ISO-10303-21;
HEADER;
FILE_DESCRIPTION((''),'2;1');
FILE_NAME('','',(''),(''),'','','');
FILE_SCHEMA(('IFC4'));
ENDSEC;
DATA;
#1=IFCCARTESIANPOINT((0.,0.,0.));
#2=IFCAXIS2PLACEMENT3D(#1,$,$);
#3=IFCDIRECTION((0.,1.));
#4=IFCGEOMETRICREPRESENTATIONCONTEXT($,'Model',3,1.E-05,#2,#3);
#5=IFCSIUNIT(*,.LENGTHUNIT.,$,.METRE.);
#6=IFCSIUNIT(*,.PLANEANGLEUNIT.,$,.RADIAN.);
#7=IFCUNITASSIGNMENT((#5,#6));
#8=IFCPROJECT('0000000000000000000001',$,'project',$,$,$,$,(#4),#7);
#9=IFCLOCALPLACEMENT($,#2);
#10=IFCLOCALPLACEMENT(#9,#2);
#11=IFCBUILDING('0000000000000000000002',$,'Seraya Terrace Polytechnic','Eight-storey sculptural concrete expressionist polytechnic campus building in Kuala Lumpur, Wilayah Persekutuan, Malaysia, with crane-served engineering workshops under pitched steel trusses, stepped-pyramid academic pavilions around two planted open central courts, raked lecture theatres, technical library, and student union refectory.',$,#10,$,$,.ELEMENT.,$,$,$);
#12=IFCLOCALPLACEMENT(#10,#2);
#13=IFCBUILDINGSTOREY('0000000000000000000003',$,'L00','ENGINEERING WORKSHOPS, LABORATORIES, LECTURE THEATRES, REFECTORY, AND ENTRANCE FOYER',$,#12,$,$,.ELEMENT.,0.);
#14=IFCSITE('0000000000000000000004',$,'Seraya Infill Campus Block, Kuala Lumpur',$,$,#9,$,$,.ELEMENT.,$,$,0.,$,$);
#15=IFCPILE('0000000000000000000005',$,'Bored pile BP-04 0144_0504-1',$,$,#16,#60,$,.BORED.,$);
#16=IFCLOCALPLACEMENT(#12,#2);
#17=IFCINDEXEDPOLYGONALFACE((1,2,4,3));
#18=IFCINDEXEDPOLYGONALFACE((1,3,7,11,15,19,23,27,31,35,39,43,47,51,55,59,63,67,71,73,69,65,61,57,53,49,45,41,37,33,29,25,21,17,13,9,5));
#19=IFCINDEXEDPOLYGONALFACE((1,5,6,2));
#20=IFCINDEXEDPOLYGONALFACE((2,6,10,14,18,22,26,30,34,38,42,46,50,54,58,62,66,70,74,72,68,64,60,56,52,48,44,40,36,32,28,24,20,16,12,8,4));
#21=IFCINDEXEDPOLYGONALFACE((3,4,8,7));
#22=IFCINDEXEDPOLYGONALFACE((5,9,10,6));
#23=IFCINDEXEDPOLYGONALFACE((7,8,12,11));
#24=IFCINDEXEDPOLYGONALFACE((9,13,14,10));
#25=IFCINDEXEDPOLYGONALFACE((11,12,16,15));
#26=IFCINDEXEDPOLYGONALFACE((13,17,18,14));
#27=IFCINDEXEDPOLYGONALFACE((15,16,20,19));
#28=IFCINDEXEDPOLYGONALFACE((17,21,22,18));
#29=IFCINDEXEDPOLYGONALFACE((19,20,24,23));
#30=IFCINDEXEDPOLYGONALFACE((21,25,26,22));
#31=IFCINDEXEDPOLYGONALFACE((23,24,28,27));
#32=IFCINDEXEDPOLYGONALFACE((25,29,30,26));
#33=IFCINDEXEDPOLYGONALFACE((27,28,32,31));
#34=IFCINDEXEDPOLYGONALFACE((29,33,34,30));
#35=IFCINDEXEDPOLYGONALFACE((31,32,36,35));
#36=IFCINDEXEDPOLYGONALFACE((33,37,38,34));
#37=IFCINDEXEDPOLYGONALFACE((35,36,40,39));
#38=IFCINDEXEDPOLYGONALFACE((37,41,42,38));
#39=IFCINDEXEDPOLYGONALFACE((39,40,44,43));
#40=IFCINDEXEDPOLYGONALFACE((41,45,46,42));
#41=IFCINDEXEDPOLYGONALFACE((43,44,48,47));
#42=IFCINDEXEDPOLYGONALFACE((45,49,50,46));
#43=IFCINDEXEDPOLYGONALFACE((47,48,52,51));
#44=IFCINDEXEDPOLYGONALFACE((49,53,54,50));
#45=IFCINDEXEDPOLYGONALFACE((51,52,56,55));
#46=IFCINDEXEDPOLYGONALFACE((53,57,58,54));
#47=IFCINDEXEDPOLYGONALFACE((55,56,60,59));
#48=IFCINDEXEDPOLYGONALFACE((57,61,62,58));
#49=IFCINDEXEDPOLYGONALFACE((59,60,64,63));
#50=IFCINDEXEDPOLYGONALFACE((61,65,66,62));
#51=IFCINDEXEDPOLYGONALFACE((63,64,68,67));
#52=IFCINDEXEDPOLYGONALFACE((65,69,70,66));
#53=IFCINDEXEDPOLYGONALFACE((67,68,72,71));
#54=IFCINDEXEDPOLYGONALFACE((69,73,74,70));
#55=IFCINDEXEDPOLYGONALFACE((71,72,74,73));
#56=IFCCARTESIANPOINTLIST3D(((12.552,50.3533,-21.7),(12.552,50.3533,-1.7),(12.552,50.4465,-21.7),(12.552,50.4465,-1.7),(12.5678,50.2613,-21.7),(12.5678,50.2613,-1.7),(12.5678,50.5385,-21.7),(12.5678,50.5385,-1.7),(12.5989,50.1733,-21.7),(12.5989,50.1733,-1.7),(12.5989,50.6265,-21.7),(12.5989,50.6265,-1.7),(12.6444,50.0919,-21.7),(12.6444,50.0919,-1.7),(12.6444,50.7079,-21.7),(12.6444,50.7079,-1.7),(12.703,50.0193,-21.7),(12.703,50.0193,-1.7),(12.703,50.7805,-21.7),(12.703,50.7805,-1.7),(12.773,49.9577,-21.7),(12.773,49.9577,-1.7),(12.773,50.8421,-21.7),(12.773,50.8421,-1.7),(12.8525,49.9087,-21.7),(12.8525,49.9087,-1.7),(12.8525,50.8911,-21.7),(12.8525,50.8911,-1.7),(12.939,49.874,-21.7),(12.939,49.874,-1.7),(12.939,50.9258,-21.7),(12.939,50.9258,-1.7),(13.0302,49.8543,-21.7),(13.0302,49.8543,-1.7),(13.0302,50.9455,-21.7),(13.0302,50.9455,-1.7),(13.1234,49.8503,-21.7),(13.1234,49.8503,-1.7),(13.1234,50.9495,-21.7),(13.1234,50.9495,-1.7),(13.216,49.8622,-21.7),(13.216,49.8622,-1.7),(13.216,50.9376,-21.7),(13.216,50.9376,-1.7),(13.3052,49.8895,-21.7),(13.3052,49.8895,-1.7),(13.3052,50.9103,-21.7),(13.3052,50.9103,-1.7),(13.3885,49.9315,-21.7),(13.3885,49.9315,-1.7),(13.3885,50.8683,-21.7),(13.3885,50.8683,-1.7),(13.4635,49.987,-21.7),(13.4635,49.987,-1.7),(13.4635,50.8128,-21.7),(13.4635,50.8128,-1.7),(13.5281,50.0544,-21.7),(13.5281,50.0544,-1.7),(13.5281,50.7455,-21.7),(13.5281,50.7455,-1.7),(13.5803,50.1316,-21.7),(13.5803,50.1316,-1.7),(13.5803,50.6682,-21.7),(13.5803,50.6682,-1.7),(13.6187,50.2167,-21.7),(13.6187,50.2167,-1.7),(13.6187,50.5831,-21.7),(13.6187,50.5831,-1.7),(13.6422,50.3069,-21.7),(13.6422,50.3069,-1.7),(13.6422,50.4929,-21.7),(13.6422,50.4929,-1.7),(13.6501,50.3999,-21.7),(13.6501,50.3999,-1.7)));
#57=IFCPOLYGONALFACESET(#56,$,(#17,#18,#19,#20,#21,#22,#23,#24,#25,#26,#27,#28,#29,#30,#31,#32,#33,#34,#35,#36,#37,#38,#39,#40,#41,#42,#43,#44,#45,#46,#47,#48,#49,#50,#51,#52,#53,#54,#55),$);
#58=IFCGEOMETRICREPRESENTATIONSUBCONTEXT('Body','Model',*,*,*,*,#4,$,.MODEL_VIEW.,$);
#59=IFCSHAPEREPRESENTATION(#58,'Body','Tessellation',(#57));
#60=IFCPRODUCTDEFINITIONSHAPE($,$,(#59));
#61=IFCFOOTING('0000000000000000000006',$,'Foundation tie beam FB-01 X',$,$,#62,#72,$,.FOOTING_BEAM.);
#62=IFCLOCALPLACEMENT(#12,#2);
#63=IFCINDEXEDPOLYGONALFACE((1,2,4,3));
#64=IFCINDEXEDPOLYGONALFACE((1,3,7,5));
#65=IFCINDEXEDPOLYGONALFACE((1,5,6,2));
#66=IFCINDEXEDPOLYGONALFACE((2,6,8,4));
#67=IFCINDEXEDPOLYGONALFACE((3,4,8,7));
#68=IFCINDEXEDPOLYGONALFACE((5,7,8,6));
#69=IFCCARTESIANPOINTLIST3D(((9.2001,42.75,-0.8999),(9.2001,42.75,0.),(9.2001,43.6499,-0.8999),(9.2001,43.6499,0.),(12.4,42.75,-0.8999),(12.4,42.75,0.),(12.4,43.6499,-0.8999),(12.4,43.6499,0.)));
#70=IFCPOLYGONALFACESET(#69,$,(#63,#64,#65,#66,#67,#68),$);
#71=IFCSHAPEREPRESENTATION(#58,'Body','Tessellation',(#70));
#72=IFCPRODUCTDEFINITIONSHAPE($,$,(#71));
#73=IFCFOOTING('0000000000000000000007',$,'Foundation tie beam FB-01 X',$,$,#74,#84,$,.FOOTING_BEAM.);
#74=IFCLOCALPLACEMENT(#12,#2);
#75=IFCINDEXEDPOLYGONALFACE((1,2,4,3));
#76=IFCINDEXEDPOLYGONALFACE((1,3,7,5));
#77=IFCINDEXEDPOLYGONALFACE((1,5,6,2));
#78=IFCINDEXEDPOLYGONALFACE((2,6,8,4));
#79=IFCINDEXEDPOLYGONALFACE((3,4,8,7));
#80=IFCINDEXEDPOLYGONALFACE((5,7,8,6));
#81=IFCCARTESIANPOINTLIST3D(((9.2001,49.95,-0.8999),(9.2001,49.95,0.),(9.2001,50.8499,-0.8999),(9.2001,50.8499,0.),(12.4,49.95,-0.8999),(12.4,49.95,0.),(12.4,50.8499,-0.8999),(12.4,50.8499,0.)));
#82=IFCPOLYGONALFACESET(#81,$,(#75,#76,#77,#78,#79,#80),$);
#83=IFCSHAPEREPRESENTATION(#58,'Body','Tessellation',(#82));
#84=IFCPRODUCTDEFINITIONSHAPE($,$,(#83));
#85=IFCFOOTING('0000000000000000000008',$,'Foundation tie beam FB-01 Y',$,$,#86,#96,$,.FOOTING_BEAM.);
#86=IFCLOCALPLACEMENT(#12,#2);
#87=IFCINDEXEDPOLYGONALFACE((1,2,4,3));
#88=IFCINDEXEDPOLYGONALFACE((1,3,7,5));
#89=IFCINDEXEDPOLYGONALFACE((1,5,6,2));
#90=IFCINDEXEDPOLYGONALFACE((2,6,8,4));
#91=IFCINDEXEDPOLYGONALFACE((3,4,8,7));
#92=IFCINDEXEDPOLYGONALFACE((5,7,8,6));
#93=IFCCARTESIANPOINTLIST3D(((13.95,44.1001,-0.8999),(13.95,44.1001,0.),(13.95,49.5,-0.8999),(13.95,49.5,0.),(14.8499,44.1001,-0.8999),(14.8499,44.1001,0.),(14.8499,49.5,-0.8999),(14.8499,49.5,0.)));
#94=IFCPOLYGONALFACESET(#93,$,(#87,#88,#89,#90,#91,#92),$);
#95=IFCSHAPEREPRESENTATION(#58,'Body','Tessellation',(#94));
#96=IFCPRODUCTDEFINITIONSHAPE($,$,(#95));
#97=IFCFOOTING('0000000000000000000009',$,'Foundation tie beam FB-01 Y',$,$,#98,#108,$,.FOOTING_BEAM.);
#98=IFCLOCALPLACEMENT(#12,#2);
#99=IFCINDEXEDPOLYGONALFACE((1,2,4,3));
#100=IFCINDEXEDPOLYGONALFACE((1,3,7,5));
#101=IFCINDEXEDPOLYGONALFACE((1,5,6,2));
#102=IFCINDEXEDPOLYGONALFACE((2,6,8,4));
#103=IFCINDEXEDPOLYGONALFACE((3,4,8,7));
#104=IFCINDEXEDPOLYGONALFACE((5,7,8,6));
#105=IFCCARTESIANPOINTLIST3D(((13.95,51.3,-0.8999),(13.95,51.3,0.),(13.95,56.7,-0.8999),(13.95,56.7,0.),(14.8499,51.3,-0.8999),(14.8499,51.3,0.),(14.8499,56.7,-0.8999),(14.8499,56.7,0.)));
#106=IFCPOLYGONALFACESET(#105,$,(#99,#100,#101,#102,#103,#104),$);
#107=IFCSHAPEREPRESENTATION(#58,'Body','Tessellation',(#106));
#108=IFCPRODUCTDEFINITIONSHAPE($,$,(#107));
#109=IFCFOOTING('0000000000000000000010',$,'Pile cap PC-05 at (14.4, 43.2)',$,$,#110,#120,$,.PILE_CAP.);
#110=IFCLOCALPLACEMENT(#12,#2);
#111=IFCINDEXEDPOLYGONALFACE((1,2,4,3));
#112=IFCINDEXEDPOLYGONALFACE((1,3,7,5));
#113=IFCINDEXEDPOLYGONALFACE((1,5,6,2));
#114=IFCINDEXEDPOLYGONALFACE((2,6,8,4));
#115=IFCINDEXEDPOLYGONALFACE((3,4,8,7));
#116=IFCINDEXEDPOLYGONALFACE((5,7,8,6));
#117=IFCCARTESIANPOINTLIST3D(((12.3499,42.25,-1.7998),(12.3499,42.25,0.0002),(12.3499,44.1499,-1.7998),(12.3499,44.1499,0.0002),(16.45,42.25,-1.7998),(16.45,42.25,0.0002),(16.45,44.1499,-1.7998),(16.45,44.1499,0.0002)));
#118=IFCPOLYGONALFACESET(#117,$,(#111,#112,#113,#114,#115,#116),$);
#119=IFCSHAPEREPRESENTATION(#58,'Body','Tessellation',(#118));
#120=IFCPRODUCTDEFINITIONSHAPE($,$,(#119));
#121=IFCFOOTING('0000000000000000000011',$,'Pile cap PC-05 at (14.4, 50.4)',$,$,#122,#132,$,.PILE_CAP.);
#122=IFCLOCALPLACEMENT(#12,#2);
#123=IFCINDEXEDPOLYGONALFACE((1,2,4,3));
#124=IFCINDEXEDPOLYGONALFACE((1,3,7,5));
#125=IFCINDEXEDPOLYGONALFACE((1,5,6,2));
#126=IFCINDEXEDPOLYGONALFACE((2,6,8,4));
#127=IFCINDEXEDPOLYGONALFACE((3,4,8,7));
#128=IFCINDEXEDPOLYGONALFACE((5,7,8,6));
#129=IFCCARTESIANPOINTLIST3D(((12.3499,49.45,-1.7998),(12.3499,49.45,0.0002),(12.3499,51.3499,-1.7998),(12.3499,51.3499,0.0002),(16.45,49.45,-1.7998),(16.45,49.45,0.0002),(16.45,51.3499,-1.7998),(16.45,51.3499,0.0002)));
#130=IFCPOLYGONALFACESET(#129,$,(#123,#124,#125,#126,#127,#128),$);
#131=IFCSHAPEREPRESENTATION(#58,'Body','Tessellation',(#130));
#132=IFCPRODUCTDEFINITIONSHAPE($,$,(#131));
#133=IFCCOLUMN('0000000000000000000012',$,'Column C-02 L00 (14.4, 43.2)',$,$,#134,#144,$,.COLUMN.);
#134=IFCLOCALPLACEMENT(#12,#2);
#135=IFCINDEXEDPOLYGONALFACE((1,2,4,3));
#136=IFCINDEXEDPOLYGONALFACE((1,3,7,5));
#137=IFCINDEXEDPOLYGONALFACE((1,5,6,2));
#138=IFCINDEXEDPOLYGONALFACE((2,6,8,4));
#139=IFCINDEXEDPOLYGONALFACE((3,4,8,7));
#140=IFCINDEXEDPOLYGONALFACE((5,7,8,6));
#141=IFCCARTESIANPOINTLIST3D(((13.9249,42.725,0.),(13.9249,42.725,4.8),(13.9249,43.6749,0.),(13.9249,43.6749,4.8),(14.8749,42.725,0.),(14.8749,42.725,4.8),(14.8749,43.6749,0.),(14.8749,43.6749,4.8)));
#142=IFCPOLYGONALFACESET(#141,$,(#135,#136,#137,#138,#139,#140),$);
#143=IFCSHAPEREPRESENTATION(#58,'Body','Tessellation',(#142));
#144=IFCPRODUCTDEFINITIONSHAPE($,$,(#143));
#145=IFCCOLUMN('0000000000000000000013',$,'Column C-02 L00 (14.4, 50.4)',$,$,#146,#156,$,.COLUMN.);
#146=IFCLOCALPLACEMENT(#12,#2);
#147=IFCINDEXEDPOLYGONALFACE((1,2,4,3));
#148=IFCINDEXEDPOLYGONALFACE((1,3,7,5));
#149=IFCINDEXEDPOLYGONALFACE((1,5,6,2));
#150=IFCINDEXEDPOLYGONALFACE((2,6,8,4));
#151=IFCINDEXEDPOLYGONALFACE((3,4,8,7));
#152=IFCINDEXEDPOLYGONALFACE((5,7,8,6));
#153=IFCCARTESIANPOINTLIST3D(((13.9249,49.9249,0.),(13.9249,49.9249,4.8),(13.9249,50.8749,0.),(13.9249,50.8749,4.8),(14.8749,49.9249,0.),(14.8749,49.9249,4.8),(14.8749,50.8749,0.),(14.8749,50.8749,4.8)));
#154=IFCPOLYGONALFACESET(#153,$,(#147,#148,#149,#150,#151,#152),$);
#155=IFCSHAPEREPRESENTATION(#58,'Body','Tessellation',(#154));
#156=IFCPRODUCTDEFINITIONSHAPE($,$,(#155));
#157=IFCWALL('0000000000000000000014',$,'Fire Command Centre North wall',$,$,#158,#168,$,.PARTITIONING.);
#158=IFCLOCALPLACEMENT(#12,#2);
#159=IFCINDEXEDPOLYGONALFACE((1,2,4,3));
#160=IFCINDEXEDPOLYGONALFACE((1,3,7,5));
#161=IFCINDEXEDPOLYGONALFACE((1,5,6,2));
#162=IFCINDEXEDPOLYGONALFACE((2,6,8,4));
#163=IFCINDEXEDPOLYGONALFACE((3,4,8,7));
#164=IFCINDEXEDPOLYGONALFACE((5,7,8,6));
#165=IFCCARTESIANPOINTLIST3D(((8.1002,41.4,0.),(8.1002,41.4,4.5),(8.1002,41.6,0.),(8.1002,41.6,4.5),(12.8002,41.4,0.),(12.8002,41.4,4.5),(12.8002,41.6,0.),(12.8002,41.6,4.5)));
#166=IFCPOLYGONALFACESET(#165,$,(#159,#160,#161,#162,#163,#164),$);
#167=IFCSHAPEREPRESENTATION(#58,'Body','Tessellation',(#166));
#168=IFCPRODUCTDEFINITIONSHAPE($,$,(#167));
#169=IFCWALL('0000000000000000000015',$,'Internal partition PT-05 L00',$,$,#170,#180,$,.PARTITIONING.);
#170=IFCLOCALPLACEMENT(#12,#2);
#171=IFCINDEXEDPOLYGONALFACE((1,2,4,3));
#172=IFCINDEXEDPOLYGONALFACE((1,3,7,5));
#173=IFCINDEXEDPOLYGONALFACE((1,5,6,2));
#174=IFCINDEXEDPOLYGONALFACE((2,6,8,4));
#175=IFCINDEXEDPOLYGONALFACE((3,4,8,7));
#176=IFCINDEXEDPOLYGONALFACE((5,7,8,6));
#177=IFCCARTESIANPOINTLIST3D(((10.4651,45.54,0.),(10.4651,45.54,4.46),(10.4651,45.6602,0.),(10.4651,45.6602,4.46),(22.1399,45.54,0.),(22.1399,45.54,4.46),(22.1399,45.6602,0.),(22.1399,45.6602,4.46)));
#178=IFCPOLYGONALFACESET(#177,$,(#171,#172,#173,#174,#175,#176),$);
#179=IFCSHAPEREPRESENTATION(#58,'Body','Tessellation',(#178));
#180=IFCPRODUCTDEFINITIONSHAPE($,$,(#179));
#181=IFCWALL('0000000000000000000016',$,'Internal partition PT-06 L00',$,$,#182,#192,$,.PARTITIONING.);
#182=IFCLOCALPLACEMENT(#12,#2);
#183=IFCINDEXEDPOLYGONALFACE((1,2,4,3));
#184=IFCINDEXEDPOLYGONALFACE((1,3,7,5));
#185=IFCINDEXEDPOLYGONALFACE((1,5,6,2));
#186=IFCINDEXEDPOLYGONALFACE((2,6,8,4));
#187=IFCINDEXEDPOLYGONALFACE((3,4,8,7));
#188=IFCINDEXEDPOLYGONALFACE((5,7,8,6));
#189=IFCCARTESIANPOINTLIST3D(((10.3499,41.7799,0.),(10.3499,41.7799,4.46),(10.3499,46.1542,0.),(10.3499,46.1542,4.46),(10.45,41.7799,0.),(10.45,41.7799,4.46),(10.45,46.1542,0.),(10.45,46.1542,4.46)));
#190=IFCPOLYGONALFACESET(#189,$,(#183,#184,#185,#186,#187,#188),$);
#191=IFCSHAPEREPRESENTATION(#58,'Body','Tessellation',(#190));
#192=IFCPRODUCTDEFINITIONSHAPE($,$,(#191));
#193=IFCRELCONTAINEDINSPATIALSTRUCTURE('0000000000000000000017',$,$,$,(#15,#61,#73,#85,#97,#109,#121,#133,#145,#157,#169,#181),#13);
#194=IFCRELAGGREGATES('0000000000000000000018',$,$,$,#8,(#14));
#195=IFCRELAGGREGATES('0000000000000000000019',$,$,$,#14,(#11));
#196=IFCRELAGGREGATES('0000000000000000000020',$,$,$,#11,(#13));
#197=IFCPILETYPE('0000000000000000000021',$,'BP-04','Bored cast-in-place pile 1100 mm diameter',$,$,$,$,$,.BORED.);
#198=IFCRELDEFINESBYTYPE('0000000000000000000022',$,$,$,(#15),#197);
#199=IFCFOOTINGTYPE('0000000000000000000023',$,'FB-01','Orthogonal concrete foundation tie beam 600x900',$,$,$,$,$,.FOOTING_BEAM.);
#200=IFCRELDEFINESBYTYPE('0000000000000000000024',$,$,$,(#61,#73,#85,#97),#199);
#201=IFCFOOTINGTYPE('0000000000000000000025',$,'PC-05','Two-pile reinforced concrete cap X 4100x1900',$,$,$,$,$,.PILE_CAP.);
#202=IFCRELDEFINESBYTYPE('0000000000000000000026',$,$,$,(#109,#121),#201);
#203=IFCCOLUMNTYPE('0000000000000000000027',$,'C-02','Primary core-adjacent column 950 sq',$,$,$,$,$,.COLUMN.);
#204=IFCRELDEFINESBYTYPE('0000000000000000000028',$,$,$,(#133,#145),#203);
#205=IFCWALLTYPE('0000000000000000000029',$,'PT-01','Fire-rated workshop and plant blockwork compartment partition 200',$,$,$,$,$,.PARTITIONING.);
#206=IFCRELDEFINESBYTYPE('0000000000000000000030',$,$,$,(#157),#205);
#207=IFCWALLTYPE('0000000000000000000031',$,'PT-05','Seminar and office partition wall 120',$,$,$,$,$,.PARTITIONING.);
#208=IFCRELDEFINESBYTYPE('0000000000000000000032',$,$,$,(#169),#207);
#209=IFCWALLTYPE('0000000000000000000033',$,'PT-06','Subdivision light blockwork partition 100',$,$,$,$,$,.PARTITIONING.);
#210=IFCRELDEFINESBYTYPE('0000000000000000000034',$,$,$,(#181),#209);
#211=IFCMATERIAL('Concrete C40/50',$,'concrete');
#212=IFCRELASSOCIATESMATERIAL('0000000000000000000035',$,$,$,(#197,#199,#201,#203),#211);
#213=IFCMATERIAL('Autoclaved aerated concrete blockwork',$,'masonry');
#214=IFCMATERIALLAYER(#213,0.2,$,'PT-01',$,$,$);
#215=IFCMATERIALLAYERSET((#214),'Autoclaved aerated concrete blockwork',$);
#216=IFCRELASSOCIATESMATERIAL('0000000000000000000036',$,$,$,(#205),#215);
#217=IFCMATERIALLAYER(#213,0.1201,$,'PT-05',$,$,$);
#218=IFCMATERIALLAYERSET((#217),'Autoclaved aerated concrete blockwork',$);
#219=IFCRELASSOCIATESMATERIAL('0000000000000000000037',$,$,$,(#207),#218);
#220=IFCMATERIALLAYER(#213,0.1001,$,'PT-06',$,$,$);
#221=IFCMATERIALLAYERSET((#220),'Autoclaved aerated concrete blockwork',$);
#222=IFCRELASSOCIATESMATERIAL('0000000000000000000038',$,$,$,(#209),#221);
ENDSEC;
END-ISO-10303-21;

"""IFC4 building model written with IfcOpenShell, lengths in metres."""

from ifc_helpers import new_model, si_unit, direction, frame, frame_2d, origin, origin_2d, place, context, subcontext, project, spatial, rectangle, circle, extrude, material, layer, layer_set, material_profile, profile_set, type_object, element, save


model = new_model("IFC4")

# Units and contexts
model_context = context("Model", 3, precision=1e-05, world=origin(), true_north=direction((0.0, 1.0)))
body_context = subcontext(model_context, "Body", "Model", "MODEL_VIEW")
ifc_project = project(units=[si_unit("LENGTHUNIT", "METRE"), si_unit("PLANEANGLEUNIT", "RADIAN")], contexts=[model_context])

# Site, building, storey
site_placement = place(None, origin())
site = spatial("IfcSite", under=ifc_project, at=site_placement, Name="Seraya Infill Campus Block, Kuala Lumpur", CompositionType="ELEMENT", RefElevation=0.0)
building_placement = place(site_placement, origin())
building = spatial("IfcBuilding", under=site, at=building_placement, Name="Seraya Terrace Polytechnic", Description="Eight-storey sculptural concrete expressionist polytechnic campus building in Kuala Lumpur, Wilayah Persekutuan, Malaysia, with crane-served engineering workshops under pitched steel trusses, stepped-pyramid academic pavilions around two planted open central courts, raked lecture theatres, technical library, and student union refectory.", CompositionType="ELEMENT")
storey_placement = place(building_placement, origin())
storey = spatial("IfcBuildingStorey", under=building, at=storey_placement, Name="L00", Description="ENGINEERING WORKSHOPS, LABORATORIES, LECTURE THEATRES, REFECTORY, AND ENTRANCE FOYER", CompositionType="ELEMENT", Elevation=0.0)

# Pile
ifc_material_1 = material(Name="Concrete C40/50", Category="concrete")
ifc_material_profile_1 = material_profile(ifc_material_1, circle(Radius=0.55, at=origin_2d()), Name="DIA 1100")
ifc_profile_set_1 = profile_set([ifc_material_profile_1], Name="Concrete C40/50")
pile_type = type_object("IfcPileType", Name="BP-04", Description="Bored cast-in-place pile 1100 mm diameter", PredefinedType="BORED", material=ifc_profile_set_1)
for number, where, z_axis, x_axis, name in (
    (1, (13.1001, 50.3999, -1.7), (0.0, 0.0, -1.0), (1.0, 0.0, 0.0), "Bored pile BP-04 0144_0504-1"),
):
    element("IfcPile", number, at=place(storey_placement, frame(where, z_axis=z_axis, x_axis=x_axis)), inside=storey, type_object=pile_type, Name=name, PredefinedType="BORED", context=body_context, shape_type="SweptSolid", body=[
        extrude(circle(Radius=0.55, at=origin_2d()), origin(), (0.0, 0.0, 1.0), 20.0),
    ])

# Footings
footing_type_1 = type_object("IfcFootingType", Name="FB-01", Description="Orthogonal concrete foundation tie beam 600x900", PredefinedType="FOOTING_BEAM", material=ifc_material_1)
for number, where, z_axis, x_axis, name in (
    (2, (10.8, 43.2, -0.8999), (0.0, 0.0, 1.0), (1.0, 0.0, 0.0), "Foundation tie beam FB-01 X"),
    (3, (10.8, 50.3999, -0.8999), (0.0, 0.0, 1.0), (1.0, 0.0, 0.0), "Foundation tie beam FB-01 X"),
):
    element("IfcFooting", number, at=place(storey_placement, frame(where, z_axis=z_axis, x_axis=x_axis)), inside=storey, type_object=footing_type_1, Name=name, PredefinedType="FOOTING_BEAM", context=body_context, shape_type="SweptSolid", body=[
        extrude(rectangle(XDim=3.2, YDim=0.8999, at=origin_2d()), origin(), (0.0, 0.0, 1.0), 0.8999),
    ])
for number, where, z_axis, x_axis, name in (
    (4, (14.3999, 46.8, -0.8999), (0.0, 0.0, 1.0), (0.0, 1.0, 0.0), "Foundation tie beam FB-01 Y"),
    (5, (14.3999, 54.0, -0.8999), (0.0, 0.0, 1.0), (0.0, 1.0, 0.0), "Foundation tie beam FB-01 Y"),
):
    element("IfcFooting", number, at=place(storey_placement, frame(where, z_axis=z_axis, x_axis=x_axis)), inside=storey, type_object=footing_type_1, Name=name, PredefinedType="FOOTING_BEAM", context=body_context, shape_type="SweptSolid", body=[
        extrude(rectangle(XDim=5.3999, YDim=0.8999, at=origin_2d()), origin(), (0.0, 0.0, 1.0), 0.8999),
    ])
footing_type_2 = type_object("IfcFootingType", Name="PC-05", Description="Two-pile reinforced concrete cap X 4100x1900", PredefinedType="PILE_CAP", material=ifc_material_1)
for number, where, z_axis, x_axis, name in (
    (6, (14.3999, 43.2, -1.7998), (0.0, 0.0, 1.0), (1.0, 0.0, 0.0), "Pile cap PC-05 at (14.4, 43.2)"),
    (7, (14.3999, 50.3999, -1.7998), (0.0, 0.0, 1.0), (1.0, 0.0, 0.0), "Pile cap PC-05 at (14.4, 50.4)"),
):
    element("IfcFooting", number, at=place(storey_placement, frame(where, z_axis=z_axis, x_axis=x_axis)), inside=storey, type_object=footing_type_2, Name=name, PredefinedType="PILE_CAP", context=body_context, shape_type="SweptSolid", body=[
        extrude(rectangle(XDim=4.1001, YDim=1.8999, at=origin_2d()), origin(), (0.0, 0.0, 1.0), 1.8),
    ])

# Columns
ifc_material_profile_2 = material_profile(ifc_material_1, rectangle(XDim=0.95, YDim=0.95, at=origin_2d()), Name="RC 950x950")
ifc_profile_set_2 = profile_set([ifc_material_profile_2], Name="Concrete C40/50")
column_type = type_object("IfcColumnType", Name="C-02", Description="Primary core-adjacent column 950 sq", PredefinedType="COLUMN", material=ifc_profile_set_2)
for number, where, z_axis, x_axis, name in (
    (8, (14.3999, 43.2, 0.0), (0.0, 0.0, 1.0), (1.0, 0.0, 0.0), "Column C-02 L00 (14.4, 43.2)"),
    (9, (14.3999, 50.3999, 0.0), (0.0, 0.0, 1.0), (1.0, 0.0, 0.0), "Column C-02 L00 (14.4, 50.4)"),
):
    element("IfcColumn", number, at=place(storey_placement, frame(where, z_axis=z_axis, x_axis=x_axis)), inside=storey, type_object=column_type, Name=name, PredefinedType="COLUMN", context=body_context, shape_type="SweptSolid", body=[
        extrude(rectangle(XDim=0.95, YDim=0.95, at=origin_2d()), origin(), (0.0, 0.0, 1.0), 4.8),
    ])

# Walls
ifc_material_2 = material(Name="Autoclaved aerated concrete blockwork", Category="masonry")
ifc_layer_1 = layer(ifc_material_2, 0.2, Name="PT-01")
ifc_layer_set_1 = layer_set([ifc_layer_1], Name="Autoclaved aerated concrete blockwork")
wall_type_1 = type_object("IfcWallType", Name="PT-01", Description="Fire-rated workshop and plant blockwork compartment partition 200", PredefinedType="PARTITIONING", material=ifc_layer_set_1)
wall_1_placement = place(storey_placement, frame((8.1001, 41.5, 0.0), z_axis=(0.0, 0.0, 1.0), x_axis=(1.0, 0.0, 0.0)))
element("IfcWall", 10, at=wall_1_placement, inside=storey, type_object=wall_type_1, Name="Fire Command Centre North wall", PredefinedType="PARTITIONING", context=body_context, shape_type="SweptSolid", body=[
    extrude(rectangle(XDim=4.7, YDim=0.2, at=frame_2d((2.3501, 0.0))), origin(), (0.0, 0.0, 1.0), 4.5),
])
ifc_layer_2 = layer(ifc_material_2, 0.1201, Name="PT-05")
ifc_layer_set_2 = layer_set([ifc_layer_2], Name="Autoclaved aerated concrete blockwork")
wall_type_2 = type_object("IfcWallType", Name="PT-05", Description="Seminar and office partition wall 120", PredefinedType="PARTITIONING", material=ifc_layer_set_2)
wall_2_placement = place(storey_placement, frame((10.4651, 45.6001, 0.0), z_axis=(0.0, 0.0, 1.0), x_axis=(1.0, 0.0, 0.0)))
element("IfcWall", 11, at=wall_2_placement, inside=storey, type_object=wall_type_2, Name="Internal partition PT-05 L00", PredefinedType="PARTITIONING", context=body_context, shape_type="SweptSolid", body=[
    extrude(rectangle(XDim=11.6748, YDim=0.1201, at=frame_2d((5.8374, 0.0))), origin(), (0.0, 0.0, 1.0), 4.46),
])
ifc_layer_3 = layer(ifc_material_2, 0.1001, Name="PT-06")
ifc_layer_set_3 = layer_set([ifc_layer_3], Name="Autoclaved aerated concrete blockwork")
wall_type_3 = type_object("IfcWallType", Name="PT-06", Description="Subdivision light blockwork partition 100", PredefinedType="PARTITIONING", material=ifc_layer_set_3)
wall_3_placement = place(storey_placement, frame((10.3999, 41.78, 0.0), z_axis=(0.0, 0.0, 1.0), x_axis=(0.0, 1.0, 0.0)))
element("IfcWall", 12, at=wall_3_placement, inside=storey, type_object=wall_type_3, Name="Internal partition PT-06 L00", PredefinedType="PARTITIONING", context=body_context, shape_type="SweptSolid", body=[
    extrude(rectangle(XDim=4.3743, YDim=0.1001, at=frame_2d((2.187, 0.0))), origin(), (0.0, 0.0, 1.0), 4.46),
])

save(model, "model.ifc")
